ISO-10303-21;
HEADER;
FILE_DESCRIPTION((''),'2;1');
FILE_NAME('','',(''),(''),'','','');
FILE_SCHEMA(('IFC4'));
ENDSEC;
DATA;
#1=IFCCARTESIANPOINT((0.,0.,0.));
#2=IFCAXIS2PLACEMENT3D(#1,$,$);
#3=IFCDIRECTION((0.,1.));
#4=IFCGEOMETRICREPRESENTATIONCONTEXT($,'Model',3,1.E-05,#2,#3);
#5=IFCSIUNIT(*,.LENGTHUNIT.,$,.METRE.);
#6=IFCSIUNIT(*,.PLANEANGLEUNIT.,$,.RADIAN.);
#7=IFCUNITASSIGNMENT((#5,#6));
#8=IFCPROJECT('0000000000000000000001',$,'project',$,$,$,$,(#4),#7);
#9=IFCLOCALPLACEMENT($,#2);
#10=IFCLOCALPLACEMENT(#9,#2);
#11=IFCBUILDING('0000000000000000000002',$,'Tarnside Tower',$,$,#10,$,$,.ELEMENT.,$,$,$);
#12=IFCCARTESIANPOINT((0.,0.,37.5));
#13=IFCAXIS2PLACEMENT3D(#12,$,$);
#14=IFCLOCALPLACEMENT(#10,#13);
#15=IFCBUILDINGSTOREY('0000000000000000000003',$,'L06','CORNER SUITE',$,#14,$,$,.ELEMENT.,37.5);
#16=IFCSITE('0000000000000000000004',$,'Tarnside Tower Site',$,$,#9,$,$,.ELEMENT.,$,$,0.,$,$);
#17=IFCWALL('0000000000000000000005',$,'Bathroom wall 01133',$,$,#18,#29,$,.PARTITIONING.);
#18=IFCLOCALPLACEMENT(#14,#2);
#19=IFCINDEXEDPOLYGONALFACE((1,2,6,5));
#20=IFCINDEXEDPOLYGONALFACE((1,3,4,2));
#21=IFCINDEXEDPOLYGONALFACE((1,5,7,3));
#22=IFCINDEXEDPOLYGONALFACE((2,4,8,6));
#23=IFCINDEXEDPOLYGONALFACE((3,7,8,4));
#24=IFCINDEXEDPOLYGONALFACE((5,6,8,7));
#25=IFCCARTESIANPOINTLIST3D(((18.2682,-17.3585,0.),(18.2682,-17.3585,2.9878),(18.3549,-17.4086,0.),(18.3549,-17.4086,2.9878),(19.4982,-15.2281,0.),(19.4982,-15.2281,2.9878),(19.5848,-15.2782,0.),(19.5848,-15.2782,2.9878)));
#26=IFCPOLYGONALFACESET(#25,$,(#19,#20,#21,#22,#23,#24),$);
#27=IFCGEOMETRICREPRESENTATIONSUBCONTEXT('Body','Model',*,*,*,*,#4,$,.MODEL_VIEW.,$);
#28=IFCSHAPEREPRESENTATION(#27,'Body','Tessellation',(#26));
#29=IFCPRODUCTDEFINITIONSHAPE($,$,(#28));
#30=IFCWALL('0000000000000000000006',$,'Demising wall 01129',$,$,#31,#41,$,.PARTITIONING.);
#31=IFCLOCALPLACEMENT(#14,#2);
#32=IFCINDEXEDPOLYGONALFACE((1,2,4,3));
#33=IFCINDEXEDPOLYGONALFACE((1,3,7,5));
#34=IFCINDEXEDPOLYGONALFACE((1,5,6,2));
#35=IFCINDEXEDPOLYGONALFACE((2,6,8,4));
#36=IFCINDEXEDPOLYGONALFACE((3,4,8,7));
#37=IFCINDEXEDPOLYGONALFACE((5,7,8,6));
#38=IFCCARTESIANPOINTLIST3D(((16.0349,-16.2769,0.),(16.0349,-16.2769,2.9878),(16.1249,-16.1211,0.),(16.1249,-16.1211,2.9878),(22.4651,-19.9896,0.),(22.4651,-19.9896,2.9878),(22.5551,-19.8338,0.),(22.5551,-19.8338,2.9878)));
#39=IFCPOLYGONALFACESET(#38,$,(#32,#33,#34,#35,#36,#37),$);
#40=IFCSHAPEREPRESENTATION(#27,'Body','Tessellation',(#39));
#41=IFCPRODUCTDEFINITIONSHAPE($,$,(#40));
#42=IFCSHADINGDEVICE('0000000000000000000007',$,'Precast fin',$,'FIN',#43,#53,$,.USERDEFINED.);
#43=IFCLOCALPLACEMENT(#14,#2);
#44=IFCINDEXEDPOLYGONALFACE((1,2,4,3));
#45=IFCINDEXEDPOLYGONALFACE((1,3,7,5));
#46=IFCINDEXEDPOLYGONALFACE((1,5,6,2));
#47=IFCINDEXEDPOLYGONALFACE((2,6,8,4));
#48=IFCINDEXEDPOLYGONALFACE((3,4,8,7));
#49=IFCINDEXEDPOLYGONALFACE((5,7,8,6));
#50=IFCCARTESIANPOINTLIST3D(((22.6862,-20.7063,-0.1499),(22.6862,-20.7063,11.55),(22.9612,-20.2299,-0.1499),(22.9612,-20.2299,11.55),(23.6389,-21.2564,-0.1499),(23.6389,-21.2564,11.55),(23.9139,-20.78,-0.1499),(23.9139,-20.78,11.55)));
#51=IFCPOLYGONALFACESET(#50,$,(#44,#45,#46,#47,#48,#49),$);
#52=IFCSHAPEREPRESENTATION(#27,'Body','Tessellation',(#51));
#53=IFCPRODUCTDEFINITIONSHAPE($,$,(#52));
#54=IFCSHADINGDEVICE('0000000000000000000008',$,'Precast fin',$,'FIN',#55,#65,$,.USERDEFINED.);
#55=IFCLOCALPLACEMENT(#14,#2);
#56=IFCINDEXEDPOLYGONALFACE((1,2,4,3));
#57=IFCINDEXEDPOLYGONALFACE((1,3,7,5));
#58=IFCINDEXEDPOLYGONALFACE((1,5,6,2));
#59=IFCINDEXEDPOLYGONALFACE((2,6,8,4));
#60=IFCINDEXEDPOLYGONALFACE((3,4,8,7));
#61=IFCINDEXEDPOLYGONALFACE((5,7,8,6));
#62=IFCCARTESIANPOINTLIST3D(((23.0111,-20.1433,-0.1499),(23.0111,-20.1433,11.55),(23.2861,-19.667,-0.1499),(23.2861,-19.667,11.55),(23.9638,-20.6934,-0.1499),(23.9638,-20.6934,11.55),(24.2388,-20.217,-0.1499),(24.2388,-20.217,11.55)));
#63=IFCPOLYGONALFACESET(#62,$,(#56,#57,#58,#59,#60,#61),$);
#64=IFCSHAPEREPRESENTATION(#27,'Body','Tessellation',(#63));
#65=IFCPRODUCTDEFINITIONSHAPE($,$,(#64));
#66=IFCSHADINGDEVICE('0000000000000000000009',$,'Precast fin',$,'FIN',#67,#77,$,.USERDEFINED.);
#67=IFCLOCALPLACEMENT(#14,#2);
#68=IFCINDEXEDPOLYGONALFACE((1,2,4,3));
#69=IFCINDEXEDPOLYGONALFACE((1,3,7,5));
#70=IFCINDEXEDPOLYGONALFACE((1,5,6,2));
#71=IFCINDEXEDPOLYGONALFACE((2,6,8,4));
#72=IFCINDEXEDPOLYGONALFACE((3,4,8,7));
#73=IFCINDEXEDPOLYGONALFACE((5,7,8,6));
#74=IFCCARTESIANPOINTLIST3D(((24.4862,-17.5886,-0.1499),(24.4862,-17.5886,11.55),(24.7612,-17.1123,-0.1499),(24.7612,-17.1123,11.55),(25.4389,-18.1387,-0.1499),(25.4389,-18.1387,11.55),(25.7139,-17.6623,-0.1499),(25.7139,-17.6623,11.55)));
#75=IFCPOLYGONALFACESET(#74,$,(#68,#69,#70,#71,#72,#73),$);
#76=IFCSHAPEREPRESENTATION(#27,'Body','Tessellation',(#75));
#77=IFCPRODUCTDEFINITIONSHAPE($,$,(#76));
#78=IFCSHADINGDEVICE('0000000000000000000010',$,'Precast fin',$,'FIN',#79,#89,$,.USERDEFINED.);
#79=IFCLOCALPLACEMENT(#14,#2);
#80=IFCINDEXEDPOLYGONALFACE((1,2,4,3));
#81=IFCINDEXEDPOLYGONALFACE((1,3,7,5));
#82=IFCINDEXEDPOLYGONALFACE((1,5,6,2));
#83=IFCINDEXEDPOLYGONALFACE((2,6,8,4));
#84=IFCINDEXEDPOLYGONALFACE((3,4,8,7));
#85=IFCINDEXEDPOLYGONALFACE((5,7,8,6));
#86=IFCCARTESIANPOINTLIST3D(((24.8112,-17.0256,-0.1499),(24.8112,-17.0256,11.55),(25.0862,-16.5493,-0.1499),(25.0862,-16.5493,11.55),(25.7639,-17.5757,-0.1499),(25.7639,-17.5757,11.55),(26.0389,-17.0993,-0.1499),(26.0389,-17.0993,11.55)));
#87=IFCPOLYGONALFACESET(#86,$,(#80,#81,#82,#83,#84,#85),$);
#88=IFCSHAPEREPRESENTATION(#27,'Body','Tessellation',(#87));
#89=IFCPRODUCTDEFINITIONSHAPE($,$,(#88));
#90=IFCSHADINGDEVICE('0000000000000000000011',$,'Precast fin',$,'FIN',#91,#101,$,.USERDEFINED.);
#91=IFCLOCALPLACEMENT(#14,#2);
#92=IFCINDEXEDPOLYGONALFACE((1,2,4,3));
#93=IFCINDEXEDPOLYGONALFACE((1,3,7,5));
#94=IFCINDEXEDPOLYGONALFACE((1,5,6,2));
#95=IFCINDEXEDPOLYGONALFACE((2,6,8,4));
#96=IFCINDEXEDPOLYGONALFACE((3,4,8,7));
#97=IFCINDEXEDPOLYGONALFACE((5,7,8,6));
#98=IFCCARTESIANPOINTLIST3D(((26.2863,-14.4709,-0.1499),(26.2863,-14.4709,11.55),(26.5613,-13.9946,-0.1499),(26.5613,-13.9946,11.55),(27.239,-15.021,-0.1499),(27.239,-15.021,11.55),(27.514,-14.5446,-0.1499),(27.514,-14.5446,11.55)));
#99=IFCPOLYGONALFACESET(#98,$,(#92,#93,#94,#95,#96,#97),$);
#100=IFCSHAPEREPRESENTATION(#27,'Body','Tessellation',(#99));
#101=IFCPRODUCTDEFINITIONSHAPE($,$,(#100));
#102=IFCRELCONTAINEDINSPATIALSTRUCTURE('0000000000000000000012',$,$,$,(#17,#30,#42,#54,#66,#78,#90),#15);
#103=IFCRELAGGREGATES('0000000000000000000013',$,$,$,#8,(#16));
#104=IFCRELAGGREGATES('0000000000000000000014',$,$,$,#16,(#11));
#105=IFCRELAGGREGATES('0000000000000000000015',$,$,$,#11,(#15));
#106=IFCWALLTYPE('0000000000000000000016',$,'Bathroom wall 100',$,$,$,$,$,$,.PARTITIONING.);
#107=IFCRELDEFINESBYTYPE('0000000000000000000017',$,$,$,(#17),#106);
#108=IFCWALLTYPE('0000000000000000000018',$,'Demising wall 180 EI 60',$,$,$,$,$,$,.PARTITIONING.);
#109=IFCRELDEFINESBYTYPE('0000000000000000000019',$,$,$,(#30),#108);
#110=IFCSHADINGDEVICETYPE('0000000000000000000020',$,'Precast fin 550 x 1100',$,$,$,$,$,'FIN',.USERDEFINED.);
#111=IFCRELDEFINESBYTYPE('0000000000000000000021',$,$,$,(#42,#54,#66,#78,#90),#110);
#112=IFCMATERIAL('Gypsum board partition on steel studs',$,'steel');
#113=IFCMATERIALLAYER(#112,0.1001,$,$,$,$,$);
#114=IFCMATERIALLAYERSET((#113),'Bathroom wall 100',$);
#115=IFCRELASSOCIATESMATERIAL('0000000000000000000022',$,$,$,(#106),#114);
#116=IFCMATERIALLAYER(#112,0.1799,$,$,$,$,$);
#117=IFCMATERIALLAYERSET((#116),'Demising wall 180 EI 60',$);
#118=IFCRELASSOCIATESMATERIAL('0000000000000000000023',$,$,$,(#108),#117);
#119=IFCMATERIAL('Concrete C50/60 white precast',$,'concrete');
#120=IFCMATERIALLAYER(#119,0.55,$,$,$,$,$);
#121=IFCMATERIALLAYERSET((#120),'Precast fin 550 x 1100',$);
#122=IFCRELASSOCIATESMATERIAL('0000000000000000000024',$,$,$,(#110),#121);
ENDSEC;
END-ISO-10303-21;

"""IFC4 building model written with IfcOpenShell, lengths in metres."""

from ifc_helpers import new_model, si_unit, direction, frame, frame_2d, origin, place, context, subcontext, project, spatial, polyline, rectangle, outline, extrude, material, layer, layer_set, type_object, element, save


model = new_model("IFC4")

# Units and contexts
model_context = context("Model", 3, precision=1e-05, world=origin(), true_north=direction((0.0, 1.0)))
body_context = subcontext(model_context, "Body", "Model", "MODEL_VIEW")
ifc_project = project(units=[si_unit("LENGTHUNIT", "METRE"), si_unit("PLANEANGLEUNIT", "RADIAN")], contexts=[model_context])

# Site, building, storey
site_placement = place(None, origin())
site = spatial("IfcSite", under=ifc_project, at=site_placement, Name="Tarnside Tower Site", CompositionType="ELEMENT", RefElevation=0.0)
building_placement = place(site_placement, origin())
building = spatial("IfcBuilding", under=site, at=building_placement, Name="Tarnside Tower", CompositionType="ELEMENT")
storey_placement = place(building_placement, frame((0.0, 0.0, 37.5)))
storey = spatial("IfcBuildingStorey", under=building, at=storey_placement, Name="L06", Description="CORNER SUITE", CompositionType="ELEMENT", Elevation=37.5)

# Shared definitions
ifc_material_1 = material(Name="Gypsum board partition on steel studs", Category="steel")
ifc_layer_1 = layer(ifc_material_1, 0.1001)
ifc_layer_set_1 = layer_set([ifc_layer_1], Name="Bathroom wall 100")
wall_type_1 = type_object("IfcWallType", Name="Bathroom wall 100", PredefinedType="PARTITIONING", material=ifc_layer_set_1)

# Walls
wall_1_placement = place(storey_placement, frame((19.5415, -15.2532, 0.0), z_axis=(0.0, 0.0, 1.0), x_axis=(-0.500003, -0.866024, 0.0)))
element("IfcWall", 1, at=wall_1_placement, inside=storey, type_object=wall_type_1, Name="Bathroom wall 01133", PredefinedType="PARTITIONING", context=body_context, shape_type="SweptSolid", body=[
    extrude(rectangle(XDim=2.46, YDim=0.1001, at=frame_2d((1.23, 0.0))), origin(), (0.0, 0.0, 1.0), 2.9878),
])
ifc_layer_2 = layer(ifc_material_1, 0.1799)
ifc_layer_set_2 = layer_set([ifc_layer_2], Name="Demising wall 180 EI 60")
wall_type_2 = type_object("IfcWallType", Name="Demising wall 180 EI 60", PredefinedType="PARTITIONING", material=ifc_layer_set_2)
wall_2_placement = place(storey_placement, frame((22.51, -19.9116, 0.0), z_axis=(0.0, 0.0, 1.0), x_axis=(-0.866015, 0.500018, 0.0)))
element("IfcWall", 2, at=wall_2_placement, inside=storey, type_object=wall_type_2, Name="Demising wall 01129", PredefinedType="PARTITIONING", context=body_context, shape_type="SweptSolid", body=[
    extrude(rectangle(XDim=7.425, YDim=0.1799, at=frame_2d((3.7124, 0.0))), origin(), (0.0, 0.0, 1.0), 2.9878),
])

# Shading devices
ifc_material_2 = material(Name="Concrete C50/60 white precast", Category="concrete")
ifc_layer_3 = layer(ifc_material_2, 0.55)
ifc_layer_set_3 = layer_set([ifc_layer_3], Name="Precast fin 550 x 1100")
shading_device_type = type_object("IfcShadingDeviceType", Name="Precast fin 550 x 1100", ElementType="FIN", PredefinedType="USERDEFINED", material=ifc_layer_set_3)
for number, where, z_axis, x_axis, name in (
    (3, (22.8237, -20.468, -0.1499), (-0.5, -0.866025, 0.0), (0.866025, -0.5, 0.0), "Precast fin"),
    (4, (23.1487, -19.905, -0.1499), (-0.5, -0.866025, 0.0), (0.866025, -0.5, 0.0), "Precast fin"),
    (5, (24.6238, -17.3503, -0.1499), (-0.5, -0.866025, 0.0), (0.866025, -0.5, 0.0), "Precast fin"),
    (6, (24.9487, -16.7874, -0.1499), (-0.5, -0.866025, 0.0), (0.866025, -0.5, 0.0), "Precast fin"),
    (7, (26.4238, -14.2327, -0.1499), (-0.5, -0.866025, 0.0), (0.866025, -0.5, 0.0), "Precast fin"),
):
    element("IfcShadingDevice", number, at=place(storey_placement, frame(where, z_axis=z_axis, x_axis=x_axis)), inside=storey, type_object=shading_device_type, Name=name, ObjectType="FIN", PredefinedType="USERDEFINED", context=body_context, shape_type="SweptSolid", body=[
        extrude(outline(polyline([(0.0, 0.0), (1.1001, 0.0), (1.1001, 11.7), (0.0, 11.7), (0.0, 0.0)])), frame((0.0, 0.0, -0.2749)), (0.0, 0.0, 1.0), 0.55),
    ])

save(model, "model.ifc")
